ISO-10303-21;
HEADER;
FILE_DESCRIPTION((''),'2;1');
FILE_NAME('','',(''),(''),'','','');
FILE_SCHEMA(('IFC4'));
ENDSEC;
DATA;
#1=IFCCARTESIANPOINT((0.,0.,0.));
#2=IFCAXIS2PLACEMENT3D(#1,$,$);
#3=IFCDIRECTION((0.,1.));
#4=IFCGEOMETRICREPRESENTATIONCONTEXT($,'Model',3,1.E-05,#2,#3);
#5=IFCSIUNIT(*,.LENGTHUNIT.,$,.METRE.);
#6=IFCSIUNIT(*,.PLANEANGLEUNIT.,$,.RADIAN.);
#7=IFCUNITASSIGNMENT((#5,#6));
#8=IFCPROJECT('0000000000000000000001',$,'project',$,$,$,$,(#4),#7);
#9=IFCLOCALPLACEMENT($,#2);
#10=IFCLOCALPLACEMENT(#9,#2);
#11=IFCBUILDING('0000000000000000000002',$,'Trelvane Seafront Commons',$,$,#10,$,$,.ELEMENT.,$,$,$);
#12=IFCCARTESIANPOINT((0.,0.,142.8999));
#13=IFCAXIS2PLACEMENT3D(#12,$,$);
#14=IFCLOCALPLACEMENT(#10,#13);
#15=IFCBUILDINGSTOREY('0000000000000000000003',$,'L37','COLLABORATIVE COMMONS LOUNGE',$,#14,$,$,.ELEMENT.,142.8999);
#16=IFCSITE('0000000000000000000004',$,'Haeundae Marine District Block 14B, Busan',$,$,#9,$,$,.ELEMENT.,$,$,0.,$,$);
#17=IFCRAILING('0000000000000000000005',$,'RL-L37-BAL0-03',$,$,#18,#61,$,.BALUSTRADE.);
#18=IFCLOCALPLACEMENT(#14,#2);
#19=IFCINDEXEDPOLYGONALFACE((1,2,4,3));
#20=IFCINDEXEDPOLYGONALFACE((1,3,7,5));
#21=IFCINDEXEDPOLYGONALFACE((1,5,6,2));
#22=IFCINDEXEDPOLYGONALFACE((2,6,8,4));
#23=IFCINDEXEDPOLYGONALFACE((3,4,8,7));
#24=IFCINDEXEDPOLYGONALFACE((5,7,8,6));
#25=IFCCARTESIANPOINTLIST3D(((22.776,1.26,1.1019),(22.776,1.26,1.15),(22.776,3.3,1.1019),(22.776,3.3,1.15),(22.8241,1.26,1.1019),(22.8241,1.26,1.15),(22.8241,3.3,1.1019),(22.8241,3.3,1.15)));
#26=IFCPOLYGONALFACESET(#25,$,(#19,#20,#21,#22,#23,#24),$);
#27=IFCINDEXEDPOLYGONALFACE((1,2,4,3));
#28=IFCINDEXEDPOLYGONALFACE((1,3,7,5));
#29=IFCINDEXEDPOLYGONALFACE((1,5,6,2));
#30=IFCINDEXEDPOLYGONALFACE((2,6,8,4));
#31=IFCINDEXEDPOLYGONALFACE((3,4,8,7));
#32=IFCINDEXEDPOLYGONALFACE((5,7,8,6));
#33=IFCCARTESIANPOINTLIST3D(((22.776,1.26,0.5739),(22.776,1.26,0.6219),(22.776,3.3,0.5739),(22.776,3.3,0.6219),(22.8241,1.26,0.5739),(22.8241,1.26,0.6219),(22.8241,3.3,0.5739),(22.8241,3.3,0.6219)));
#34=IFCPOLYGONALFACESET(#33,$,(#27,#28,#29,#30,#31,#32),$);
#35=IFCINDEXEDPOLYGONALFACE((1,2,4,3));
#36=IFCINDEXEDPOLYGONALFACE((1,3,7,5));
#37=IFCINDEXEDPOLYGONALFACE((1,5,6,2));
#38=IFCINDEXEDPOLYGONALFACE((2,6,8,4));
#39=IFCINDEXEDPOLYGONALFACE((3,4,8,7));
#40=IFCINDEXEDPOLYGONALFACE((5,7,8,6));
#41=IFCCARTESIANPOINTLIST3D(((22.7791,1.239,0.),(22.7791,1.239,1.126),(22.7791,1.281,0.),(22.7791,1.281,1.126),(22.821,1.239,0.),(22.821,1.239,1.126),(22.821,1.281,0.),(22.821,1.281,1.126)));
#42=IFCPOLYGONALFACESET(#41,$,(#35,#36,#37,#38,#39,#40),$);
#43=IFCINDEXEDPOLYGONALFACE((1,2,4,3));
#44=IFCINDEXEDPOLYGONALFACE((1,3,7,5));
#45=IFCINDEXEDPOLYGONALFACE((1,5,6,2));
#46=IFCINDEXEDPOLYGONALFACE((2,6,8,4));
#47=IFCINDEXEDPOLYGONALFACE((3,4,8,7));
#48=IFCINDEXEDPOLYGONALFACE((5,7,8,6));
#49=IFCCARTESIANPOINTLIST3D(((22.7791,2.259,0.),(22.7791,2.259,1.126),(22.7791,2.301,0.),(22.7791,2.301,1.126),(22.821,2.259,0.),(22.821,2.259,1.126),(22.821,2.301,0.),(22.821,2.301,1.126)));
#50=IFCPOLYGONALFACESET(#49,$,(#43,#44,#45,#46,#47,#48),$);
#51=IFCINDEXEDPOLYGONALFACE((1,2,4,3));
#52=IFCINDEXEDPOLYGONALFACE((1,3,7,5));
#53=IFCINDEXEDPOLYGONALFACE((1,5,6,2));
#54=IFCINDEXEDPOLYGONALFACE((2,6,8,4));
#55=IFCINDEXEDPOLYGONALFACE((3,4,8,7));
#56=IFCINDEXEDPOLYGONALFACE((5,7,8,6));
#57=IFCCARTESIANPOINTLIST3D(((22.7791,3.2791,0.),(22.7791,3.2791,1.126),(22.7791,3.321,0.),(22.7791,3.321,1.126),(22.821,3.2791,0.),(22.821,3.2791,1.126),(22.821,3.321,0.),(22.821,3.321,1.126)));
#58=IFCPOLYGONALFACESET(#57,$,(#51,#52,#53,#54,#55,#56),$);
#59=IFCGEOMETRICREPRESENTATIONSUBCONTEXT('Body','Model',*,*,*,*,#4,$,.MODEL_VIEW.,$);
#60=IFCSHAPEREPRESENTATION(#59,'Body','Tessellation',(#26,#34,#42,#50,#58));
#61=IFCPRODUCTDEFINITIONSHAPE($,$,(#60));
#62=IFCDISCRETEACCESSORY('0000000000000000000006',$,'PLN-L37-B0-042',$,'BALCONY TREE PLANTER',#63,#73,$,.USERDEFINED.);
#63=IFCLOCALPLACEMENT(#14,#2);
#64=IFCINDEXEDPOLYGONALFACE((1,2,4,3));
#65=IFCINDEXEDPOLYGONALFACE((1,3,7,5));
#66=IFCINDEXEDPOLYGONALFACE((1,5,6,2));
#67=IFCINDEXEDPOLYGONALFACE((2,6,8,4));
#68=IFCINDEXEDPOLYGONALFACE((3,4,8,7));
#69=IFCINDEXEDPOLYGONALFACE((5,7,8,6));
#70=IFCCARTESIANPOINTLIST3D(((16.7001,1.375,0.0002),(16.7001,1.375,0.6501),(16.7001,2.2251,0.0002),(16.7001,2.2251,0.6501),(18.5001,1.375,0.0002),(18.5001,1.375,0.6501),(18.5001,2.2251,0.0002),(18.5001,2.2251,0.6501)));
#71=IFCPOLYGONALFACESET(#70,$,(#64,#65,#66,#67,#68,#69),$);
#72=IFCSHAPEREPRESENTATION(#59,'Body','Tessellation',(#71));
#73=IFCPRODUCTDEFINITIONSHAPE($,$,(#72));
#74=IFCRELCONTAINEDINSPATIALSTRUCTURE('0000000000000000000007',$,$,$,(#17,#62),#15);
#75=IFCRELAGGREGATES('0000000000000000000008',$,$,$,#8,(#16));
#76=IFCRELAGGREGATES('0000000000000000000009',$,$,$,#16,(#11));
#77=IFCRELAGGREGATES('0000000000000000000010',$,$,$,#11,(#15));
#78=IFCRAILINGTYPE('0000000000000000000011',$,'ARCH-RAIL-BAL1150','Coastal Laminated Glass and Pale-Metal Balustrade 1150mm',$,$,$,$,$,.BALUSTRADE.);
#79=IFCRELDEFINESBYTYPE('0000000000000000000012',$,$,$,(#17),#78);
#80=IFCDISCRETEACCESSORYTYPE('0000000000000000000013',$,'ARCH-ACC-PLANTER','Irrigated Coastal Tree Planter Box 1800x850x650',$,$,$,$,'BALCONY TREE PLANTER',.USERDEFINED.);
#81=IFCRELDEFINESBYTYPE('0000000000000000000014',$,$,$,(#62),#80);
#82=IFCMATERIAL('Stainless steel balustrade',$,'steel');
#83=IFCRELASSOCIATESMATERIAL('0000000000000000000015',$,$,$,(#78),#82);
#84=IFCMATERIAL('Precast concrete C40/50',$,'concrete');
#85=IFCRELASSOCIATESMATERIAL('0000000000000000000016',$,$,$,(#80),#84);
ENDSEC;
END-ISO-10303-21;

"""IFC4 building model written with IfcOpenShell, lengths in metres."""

from ifc_helpers import new_model, si_unit, direction, frame, origin, origin_2d, place, context, subcontext, project, spatial, rectangle, extrude, source, transform, mapped, material, type_object, element, save


model = new_model("IFC4")

# Units and contexts
model_context = context("Model", 3, precision=1e-05, world=origin(), true_north=direction((0.0, 1.0)))
body_context = subcontext(model_context, "Body", "Model", "MODEL_VIEW")
ifc_project = project(units=[si_unit("LENGTHUNIT", "METRE"), si_unit("PLANEANGLEUNIT", "RADIAN")], contexts=[model_context])

# Site, building, storey
site_placement = place(None, origin())
site = spatial("IfcSite", under=ifc_project, at=site_placement, Name="Haeundae Marine District Block 14B, Busan", CompositionType="ELEMENT", RefElevation=0.0)
building_placement = place(site_placement, origin())
building = spatial("IfcBuilding", under=site, at=building_placement, Name="Trelvane Seafront Commons", CompositionType="ELEMENT")
storey_placement = place(building_placement, frame((0.0, 0.0, 142.8999)))
storey = spatial("IfcBuildingStorey", under=building, at=storey_placement, Name="L37", Description="COLLABORATIVE COMMONS LOUNGE", CompositionType="ELEMENT", Elevation=142.8999)

# Railing
ifc_material_1 = material(Name="Stainless steel balustrade", Category="steel")
railing_type = type_object("IfcRailingType", Name="ARCH-RAIL-BAL1150", Description="Coastal Laminated Glass and Pale-Metal Balustrade 1150mm", PredefinedType="BALUSTRADE", material=ifc_material_1)
railing_1_placement = place(storey_placement, frame((22.8, 1.26, 0.0)))
element("IfcRailing", 1, at=railing_1_placement, inside=storey, type_object=railing_type, Name="RL-L37-BAL0-03", PredefinedType="BALUSTRADE", context=body_context, shape_type="SweptSolid", body=[
    extrude(rectangle(XDim=0.0481, YDim=0.0481, at=origin_2d()), frame((0.0, 0.0, 1.126), z_axis=(0.0, 1.0, 0.0), x_axis=(-1.0, 0.0, 0.0)), (0.0, 0.0, 1.0), 2.04),
    extrude(rectangle(XDim=0.0481, YDim=0.0481, at=origin_2d()), frame((0.0, 0.0, 0.5979), z_axis=(0.0, 1.0, 0.0), x_axis=(-1.0, 0.0, 0.0)), (0.0, 0.0, 1.0), 2.04),
    extrude(rectangle(XDim=0.042, YDim=0.042, at=origin_2d()), origin(), (0.0, 0.0, 1.0), 1.126),
    extrude(rectangle(XDim=0.042, YDim=0.042, at=origin_2d()), frame((0.0, 1.02, 0.0)), (0.0, 0.0, 1.0), 1.126),
    extrude(rectangle(XDim=0.042, YDim=0.042, at=origin_2d()), frame((0.0, 2.04, 0.0)), (0.0, 0.0, 1.0), 1.126),
])

# Discrete accessory
ifc_material_2 = material(Name="Precast concrete C40/50", Category="concrete")
discrete_accessory_type = type_object("IfcDiscreteAccessoryType", Name="ARCH-ACC-PLANTER", Description="Irrigated Coastal Tree Planter Box 1800x850x650", ElementType="BALCONY TREE PLANTER", PredefinedType="USERDEFINED", material=ifc_material_2)
shared_shape_1 = source(origin(), body_context, "Body", "SweptSolid", [
    extrude(rectangle(XDim=1.8, YDim=0.8501, at=origin_2d()), origin(), (0.0, 0.0, 1.0), 0.6499),
])
discrete_accessory_placement = place(storey_placement, frame((17.6001, 1.8, 0.0002), z_axis=(0.0, 0.0, 1.0), x_axis=(1.0, 0.0, 0.0)))
element("IfcDiscreteAccessory", 2, at=discrete_accessory_placement, inside=storey, type_object=discrete_accessory_type, Name="PLN-L37-B0-042", ObjectType="BALCONY TREE PLANTER", PredefinedType="USERDEFINED", context=body_context, shape_type="MappedRepresentation", body=[
    mapped(shared_shape_1, transform((0.0, 0.0, 0.0), x_axis=(1.0, 0.0, 0.0), y_axis=(0.0, 1.0, 0.0), z_axis=(0.0, 0.0, 1.0), scale=1.0)),
])

save(model, "model.ifc")
